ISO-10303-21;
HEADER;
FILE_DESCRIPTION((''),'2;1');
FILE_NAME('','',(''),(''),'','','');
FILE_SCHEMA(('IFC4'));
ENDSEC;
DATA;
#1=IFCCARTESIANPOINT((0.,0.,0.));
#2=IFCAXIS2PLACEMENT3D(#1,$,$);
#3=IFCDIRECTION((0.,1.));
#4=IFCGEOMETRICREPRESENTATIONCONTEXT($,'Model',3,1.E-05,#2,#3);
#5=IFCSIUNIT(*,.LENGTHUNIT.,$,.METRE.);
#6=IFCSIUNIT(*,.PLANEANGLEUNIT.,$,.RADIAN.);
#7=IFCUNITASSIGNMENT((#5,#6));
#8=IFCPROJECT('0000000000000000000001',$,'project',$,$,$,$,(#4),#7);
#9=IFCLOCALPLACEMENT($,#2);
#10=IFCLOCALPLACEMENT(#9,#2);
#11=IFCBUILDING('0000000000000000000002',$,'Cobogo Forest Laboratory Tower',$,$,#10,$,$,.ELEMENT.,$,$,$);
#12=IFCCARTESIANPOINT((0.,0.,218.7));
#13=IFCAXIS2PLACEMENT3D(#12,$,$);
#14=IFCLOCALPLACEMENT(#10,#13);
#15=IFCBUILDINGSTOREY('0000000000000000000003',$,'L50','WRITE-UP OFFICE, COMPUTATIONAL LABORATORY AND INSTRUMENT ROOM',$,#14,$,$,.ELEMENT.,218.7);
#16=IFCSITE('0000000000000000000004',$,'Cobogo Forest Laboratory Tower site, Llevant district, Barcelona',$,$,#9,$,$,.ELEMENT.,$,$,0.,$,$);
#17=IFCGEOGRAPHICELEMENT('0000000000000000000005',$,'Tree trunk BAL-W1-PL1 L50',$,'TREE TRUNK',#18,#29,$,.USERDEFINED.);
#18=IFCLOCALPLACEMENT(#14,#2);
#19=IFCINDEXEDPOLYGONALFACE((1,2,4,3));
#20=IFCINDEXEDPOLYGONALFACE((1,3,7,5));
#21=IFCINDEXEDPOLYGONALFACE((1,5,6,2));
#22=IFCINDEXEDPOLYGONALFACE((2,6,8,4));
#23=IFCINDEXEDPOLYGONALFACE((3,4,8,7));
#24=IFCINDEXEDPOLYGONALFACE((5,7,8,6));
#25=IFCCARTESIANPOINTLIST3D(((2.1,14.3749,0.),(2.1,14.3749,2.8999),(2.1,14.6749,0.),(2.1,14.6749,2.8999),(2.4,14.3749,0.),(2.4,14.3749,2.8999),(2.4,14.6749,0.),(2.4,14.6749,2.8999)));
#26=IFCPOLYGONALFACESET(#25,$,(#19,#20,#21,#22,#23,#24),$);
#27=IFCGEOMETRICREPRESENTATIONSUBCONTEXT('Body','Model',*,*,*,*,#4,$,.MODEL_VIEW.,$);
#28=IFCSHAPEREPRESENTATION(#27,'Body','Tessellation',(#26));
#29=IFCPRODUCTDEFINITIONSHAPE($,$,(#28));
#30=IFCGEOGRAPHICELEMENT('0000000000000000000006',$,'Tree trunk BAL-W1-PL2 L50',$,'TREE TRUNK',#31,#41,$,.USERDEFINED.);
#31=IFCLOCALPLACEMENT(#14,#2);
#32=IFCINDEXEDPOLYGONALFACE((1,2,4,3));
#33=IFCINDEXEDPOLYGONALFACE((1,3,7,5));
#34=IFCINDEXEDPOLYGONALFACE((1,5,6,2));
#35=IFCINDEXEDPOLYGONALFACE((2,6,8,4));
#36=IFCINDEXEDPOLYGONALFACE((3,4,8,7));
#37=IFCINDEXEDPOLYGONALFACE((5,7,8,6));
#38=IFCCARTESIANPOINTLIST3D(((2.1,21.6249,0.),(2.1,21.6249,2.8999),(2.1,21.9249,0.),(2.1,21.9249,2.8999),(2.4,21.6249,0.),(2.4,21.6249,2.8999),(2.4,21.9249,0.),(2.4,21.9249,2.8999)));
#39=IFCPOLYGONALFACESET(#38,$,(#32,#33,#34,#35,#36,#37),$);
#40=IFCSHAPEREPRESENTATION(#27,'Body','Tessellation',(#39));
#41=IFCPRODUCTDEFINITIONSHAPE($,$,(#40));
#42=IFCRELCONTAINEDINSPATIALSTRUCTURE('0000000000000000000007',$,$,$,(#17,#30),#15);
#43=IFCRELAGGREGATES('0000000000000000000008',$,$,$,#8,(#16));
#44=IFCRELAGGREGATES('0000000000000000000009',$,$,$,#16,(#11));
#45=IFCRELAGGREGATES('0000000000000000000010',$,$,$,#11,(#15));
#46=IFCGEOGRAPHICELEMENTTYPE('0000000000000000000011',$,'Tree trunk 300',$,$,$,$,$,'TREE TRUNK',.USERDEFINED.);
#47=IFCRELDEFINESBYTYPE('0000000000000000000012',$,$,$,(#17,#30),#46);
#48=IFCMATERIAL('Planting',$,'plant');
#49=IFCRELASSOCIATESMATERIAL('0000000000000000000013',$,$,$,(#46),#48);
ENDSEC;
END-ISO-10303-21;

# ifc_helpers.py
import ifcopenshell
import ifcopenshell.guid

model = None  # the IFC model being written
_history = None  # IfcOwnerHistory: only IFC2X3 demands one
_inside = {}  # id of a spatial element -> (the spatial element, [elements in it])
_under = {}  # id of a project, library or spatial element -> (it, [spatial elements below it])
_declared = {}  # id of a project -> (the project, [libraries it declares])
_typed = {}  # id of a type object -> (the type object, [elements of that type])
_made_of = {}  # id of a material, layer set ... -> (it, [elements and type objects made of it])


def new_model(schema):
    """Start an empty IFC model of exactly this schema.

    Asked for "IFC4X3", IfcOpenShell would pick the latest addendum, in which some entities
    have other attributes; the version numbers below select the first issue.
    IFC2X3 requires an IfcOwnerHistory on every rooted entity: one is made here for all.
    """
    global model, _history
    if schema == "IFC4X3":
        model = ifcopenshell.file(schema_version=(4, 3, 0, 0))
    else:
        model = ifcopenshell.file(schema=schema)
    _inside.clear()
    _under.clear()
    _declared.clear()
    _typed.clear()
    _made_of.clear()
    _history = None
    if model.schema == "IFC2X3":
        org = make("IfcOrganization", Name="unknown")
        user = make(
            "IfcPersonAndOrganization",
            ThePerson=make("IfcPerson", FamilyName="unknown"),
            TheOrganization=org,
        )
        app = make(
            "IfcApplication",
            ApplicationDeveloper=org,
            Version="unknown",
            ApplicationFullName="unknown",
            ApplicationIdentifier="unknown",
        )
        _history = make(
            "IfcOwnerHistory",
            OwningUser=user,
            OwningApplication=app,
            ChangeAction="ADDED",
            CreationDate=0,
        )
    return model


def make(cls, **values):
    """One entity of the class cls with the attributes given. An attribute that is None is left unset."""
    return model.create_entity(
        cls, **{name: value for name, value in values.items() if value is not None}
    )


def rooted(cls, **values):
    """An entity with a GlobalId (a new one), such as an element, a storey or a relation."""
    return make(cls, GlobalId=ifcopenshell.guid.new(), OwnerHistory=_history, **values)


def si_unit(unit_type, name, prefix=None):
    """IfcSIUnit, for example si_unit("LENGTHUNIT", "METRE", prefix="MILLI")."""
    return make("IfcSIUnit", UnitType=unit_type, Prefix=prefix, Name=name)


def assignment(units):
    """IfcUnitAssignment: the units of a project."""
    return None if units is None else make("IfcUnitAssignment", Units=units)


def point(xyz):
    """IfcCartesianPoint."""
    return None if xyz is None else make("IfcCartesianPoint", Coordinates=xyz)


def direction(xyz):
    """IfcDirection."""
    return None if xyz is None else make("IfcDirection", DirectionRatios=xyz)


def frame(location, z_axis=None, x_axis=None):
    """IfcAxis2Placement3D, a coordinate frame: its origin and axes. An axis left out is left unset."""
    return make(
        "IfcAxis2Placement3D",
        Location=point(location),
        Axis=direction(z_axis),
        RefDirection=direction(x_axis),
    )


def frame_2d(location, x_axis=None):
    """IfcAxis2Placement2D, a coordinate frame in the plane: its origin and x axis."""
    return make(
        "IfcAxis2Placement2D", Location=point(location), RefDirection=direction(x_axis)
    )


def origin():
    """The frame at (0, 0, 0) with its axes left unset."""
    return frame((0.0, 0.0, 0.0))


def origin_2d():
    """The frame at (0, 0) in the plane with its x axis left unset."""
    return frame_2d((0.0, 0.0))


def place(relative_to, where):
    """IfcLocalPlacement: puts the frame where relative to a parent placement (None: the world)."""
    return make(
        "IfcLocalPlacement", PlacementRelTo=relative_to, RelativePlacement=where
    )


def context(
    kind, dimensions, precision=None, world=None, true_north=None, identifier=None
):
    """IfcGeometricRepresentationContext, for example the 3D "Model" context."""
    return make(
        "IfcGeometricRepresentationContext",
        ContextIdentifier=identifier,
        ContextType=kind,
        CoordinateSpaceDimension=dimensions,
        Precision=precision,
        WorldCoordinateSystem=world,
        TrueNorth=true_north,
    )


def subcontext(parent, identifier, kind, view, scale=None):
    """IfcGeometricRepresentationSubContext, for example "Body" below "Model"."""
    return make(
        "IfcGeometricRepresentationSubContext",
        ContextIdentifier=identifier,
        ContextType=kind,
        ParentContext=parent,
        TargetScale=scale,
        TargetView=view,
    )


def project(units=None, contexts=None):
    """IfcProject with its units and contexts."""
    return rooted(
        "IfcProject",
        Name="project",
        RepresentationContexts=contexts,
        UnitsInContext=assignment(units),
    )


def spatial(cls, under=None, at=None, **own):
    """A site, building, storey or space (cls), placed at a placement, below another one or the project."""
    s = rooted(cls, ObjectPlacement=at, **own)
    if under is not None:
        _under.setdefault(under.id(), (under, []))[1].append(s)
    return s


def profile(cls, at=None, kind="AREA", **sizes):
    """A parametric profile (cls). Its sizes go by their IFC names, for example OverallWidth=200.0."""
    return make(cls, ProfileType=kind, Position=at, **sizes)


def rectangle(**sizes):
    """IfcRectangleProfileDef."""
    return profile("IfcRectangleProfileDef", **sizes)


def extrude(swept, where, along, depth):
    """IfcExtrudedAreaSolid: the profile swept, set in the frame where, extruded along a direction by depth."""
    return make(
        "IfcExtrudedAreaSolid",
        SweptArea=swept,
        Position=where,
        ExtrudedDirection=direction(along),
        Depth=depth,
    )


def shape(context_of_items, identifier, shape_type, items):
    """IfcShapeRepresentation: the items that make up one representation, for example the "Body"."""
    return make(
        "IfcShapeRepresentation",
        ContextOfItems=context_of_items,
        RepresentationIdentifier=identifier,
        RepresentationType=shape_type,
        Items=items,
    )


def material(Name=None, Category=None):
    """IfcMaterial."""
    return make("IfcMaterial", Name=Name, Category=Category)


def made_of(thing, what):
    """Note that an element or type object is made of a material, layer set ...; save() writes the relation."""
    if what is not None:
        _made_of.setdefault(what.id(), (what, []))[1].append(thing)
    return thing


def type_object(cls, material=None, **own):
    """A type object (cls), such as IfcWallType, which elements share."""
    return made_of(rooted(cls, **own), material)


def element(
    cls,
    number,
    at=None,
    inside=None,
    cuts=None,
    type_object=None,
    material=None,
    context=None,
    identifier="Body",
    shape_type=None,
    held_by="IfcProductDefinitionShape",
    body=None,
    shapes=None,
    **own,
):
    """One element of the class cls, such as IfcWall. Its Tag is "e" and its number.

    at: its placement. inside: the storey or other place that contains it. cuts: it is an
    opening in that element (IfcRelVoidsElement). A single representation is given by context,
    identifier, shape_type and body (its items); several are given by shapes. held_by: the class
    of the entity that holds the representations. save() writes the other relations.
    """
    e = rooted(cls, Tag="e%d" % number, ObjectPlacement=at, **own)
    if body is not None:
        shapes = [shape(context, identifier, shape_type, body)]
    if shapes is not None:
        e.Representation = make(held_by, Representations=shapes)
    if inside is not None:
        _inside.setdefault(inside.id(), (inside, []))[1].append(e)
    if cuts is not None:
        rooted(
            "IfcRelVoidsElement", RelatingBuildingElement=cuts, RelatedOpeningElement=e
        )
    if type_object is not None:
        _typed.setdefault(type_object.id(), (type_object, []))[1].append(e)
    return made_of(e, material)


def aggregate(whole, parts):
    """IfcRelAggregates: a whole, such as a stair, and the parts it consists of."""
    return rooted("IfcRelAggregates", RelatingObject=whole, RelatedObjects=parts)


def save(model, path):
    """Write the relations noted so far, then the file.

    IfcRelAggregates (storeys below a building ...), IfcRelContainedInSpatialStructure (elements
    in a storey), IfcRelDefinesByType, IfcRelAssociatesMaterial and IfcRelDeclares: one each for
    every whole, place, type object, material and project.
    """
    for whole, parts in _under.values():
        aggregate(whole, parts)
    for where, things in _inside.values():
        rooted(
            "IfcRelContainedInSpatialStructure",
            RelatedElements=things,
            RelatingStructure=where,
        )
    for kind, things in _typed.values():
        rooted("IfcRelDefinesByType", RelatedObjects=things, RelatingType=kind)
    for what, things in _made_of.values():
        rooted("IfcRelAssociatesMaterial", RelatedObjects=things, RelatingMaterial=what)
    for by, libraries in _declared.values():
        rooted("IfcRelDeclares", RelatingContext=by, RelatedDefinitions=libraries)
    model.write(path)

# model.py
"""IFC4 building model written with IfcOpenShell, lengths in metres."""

from ifc_helpers import new_model, si_unit, direction, frame, origin, origin_2d, place, context, subcontext, project, spatial, rectangle, extrude, material, type_object, element, save


model = new_model("IFC4")

# Units and contexts
model_context = context("Model", 3, precision=1e-05, world=origin(), true_north=direction((0.0, 1.0)))
body_context = subcontext(model_context, "Body", "Model", "MODEL_VIEW")
ifc_project = project(units=[si_unit("LENGTHUNIT", "METRE"), si_unit("PLANEANGLEUNIT", "RADIAN")], contexts=[model_context])

# Site, building, storey
site_placement = place(None, origin())
site = spatial("IfcSite", under=ifc_project, at=site_placement, Name="Cobogo Forest Laboratory Tower site, Llevant district, Barcelona", CompositionType="ELEMENT", RefElevation=0.0)
building_placement = place(site_placement, origin())
building = spatial("IfcBuilding", under=site, at=building_placement, Name="Cobogo Forest Laboratory Tower", CompositionType="ELEMENT")
storey_placement = place(building_placement, frame((0.0, 0.0, 218.7)))
storey = spatial("IfcBuildingStorey", under=building, at=storey_placement, Name="L50", Description="WRITE-UP OFFICE, COMPUTATIONAL LABORATORY AND INSTRUMENT ROOM", CompositionType="ELEMENT", Elevation=218.7)

# Geographic elements
ifc_material_1 = material(Name="Planting", Category="plant")
geographic_element_type = type_object("IfcGeographicElementType", Name="Tree trunk 300", ElementType="TREE TRUNK", PredefinedType="USERDEFINED", material=ifc_material_1)
for number, where, z_axis, x_axis, name in (
    (1, (2.25, 14.5249, 0.0), (0.0, 0.0, 1.0), (1.0, 0.0, 0.0), "Tree trunk BAL-W1-PL1 L50"),
    (2, (2.25, 21.7749, 0.0), (0.0, 0.0, 1.0), (1.0, 0.0, 0.0), "Tree trunk BAL-W1-PL2 L50"),
):
    element("IfcGeographicElement", number, at=place(storey_placement, frame(where, z_axis=z_axis, x_axis=x_axis)), inside=storey, type_object=geographic_element_type, Name=name, ObjectType="TREE TRUNK", PredefinedType="USERDEFINED", context=body_context, shape_type="SweptSolid", body=[
        extrude(rectangle(XDim=0.3, YDim=0.3, at=origin_2d()), origin(), (0.0, 0.0, 1.0), 2.8999),
    ])

save(model, "model.ifc")
